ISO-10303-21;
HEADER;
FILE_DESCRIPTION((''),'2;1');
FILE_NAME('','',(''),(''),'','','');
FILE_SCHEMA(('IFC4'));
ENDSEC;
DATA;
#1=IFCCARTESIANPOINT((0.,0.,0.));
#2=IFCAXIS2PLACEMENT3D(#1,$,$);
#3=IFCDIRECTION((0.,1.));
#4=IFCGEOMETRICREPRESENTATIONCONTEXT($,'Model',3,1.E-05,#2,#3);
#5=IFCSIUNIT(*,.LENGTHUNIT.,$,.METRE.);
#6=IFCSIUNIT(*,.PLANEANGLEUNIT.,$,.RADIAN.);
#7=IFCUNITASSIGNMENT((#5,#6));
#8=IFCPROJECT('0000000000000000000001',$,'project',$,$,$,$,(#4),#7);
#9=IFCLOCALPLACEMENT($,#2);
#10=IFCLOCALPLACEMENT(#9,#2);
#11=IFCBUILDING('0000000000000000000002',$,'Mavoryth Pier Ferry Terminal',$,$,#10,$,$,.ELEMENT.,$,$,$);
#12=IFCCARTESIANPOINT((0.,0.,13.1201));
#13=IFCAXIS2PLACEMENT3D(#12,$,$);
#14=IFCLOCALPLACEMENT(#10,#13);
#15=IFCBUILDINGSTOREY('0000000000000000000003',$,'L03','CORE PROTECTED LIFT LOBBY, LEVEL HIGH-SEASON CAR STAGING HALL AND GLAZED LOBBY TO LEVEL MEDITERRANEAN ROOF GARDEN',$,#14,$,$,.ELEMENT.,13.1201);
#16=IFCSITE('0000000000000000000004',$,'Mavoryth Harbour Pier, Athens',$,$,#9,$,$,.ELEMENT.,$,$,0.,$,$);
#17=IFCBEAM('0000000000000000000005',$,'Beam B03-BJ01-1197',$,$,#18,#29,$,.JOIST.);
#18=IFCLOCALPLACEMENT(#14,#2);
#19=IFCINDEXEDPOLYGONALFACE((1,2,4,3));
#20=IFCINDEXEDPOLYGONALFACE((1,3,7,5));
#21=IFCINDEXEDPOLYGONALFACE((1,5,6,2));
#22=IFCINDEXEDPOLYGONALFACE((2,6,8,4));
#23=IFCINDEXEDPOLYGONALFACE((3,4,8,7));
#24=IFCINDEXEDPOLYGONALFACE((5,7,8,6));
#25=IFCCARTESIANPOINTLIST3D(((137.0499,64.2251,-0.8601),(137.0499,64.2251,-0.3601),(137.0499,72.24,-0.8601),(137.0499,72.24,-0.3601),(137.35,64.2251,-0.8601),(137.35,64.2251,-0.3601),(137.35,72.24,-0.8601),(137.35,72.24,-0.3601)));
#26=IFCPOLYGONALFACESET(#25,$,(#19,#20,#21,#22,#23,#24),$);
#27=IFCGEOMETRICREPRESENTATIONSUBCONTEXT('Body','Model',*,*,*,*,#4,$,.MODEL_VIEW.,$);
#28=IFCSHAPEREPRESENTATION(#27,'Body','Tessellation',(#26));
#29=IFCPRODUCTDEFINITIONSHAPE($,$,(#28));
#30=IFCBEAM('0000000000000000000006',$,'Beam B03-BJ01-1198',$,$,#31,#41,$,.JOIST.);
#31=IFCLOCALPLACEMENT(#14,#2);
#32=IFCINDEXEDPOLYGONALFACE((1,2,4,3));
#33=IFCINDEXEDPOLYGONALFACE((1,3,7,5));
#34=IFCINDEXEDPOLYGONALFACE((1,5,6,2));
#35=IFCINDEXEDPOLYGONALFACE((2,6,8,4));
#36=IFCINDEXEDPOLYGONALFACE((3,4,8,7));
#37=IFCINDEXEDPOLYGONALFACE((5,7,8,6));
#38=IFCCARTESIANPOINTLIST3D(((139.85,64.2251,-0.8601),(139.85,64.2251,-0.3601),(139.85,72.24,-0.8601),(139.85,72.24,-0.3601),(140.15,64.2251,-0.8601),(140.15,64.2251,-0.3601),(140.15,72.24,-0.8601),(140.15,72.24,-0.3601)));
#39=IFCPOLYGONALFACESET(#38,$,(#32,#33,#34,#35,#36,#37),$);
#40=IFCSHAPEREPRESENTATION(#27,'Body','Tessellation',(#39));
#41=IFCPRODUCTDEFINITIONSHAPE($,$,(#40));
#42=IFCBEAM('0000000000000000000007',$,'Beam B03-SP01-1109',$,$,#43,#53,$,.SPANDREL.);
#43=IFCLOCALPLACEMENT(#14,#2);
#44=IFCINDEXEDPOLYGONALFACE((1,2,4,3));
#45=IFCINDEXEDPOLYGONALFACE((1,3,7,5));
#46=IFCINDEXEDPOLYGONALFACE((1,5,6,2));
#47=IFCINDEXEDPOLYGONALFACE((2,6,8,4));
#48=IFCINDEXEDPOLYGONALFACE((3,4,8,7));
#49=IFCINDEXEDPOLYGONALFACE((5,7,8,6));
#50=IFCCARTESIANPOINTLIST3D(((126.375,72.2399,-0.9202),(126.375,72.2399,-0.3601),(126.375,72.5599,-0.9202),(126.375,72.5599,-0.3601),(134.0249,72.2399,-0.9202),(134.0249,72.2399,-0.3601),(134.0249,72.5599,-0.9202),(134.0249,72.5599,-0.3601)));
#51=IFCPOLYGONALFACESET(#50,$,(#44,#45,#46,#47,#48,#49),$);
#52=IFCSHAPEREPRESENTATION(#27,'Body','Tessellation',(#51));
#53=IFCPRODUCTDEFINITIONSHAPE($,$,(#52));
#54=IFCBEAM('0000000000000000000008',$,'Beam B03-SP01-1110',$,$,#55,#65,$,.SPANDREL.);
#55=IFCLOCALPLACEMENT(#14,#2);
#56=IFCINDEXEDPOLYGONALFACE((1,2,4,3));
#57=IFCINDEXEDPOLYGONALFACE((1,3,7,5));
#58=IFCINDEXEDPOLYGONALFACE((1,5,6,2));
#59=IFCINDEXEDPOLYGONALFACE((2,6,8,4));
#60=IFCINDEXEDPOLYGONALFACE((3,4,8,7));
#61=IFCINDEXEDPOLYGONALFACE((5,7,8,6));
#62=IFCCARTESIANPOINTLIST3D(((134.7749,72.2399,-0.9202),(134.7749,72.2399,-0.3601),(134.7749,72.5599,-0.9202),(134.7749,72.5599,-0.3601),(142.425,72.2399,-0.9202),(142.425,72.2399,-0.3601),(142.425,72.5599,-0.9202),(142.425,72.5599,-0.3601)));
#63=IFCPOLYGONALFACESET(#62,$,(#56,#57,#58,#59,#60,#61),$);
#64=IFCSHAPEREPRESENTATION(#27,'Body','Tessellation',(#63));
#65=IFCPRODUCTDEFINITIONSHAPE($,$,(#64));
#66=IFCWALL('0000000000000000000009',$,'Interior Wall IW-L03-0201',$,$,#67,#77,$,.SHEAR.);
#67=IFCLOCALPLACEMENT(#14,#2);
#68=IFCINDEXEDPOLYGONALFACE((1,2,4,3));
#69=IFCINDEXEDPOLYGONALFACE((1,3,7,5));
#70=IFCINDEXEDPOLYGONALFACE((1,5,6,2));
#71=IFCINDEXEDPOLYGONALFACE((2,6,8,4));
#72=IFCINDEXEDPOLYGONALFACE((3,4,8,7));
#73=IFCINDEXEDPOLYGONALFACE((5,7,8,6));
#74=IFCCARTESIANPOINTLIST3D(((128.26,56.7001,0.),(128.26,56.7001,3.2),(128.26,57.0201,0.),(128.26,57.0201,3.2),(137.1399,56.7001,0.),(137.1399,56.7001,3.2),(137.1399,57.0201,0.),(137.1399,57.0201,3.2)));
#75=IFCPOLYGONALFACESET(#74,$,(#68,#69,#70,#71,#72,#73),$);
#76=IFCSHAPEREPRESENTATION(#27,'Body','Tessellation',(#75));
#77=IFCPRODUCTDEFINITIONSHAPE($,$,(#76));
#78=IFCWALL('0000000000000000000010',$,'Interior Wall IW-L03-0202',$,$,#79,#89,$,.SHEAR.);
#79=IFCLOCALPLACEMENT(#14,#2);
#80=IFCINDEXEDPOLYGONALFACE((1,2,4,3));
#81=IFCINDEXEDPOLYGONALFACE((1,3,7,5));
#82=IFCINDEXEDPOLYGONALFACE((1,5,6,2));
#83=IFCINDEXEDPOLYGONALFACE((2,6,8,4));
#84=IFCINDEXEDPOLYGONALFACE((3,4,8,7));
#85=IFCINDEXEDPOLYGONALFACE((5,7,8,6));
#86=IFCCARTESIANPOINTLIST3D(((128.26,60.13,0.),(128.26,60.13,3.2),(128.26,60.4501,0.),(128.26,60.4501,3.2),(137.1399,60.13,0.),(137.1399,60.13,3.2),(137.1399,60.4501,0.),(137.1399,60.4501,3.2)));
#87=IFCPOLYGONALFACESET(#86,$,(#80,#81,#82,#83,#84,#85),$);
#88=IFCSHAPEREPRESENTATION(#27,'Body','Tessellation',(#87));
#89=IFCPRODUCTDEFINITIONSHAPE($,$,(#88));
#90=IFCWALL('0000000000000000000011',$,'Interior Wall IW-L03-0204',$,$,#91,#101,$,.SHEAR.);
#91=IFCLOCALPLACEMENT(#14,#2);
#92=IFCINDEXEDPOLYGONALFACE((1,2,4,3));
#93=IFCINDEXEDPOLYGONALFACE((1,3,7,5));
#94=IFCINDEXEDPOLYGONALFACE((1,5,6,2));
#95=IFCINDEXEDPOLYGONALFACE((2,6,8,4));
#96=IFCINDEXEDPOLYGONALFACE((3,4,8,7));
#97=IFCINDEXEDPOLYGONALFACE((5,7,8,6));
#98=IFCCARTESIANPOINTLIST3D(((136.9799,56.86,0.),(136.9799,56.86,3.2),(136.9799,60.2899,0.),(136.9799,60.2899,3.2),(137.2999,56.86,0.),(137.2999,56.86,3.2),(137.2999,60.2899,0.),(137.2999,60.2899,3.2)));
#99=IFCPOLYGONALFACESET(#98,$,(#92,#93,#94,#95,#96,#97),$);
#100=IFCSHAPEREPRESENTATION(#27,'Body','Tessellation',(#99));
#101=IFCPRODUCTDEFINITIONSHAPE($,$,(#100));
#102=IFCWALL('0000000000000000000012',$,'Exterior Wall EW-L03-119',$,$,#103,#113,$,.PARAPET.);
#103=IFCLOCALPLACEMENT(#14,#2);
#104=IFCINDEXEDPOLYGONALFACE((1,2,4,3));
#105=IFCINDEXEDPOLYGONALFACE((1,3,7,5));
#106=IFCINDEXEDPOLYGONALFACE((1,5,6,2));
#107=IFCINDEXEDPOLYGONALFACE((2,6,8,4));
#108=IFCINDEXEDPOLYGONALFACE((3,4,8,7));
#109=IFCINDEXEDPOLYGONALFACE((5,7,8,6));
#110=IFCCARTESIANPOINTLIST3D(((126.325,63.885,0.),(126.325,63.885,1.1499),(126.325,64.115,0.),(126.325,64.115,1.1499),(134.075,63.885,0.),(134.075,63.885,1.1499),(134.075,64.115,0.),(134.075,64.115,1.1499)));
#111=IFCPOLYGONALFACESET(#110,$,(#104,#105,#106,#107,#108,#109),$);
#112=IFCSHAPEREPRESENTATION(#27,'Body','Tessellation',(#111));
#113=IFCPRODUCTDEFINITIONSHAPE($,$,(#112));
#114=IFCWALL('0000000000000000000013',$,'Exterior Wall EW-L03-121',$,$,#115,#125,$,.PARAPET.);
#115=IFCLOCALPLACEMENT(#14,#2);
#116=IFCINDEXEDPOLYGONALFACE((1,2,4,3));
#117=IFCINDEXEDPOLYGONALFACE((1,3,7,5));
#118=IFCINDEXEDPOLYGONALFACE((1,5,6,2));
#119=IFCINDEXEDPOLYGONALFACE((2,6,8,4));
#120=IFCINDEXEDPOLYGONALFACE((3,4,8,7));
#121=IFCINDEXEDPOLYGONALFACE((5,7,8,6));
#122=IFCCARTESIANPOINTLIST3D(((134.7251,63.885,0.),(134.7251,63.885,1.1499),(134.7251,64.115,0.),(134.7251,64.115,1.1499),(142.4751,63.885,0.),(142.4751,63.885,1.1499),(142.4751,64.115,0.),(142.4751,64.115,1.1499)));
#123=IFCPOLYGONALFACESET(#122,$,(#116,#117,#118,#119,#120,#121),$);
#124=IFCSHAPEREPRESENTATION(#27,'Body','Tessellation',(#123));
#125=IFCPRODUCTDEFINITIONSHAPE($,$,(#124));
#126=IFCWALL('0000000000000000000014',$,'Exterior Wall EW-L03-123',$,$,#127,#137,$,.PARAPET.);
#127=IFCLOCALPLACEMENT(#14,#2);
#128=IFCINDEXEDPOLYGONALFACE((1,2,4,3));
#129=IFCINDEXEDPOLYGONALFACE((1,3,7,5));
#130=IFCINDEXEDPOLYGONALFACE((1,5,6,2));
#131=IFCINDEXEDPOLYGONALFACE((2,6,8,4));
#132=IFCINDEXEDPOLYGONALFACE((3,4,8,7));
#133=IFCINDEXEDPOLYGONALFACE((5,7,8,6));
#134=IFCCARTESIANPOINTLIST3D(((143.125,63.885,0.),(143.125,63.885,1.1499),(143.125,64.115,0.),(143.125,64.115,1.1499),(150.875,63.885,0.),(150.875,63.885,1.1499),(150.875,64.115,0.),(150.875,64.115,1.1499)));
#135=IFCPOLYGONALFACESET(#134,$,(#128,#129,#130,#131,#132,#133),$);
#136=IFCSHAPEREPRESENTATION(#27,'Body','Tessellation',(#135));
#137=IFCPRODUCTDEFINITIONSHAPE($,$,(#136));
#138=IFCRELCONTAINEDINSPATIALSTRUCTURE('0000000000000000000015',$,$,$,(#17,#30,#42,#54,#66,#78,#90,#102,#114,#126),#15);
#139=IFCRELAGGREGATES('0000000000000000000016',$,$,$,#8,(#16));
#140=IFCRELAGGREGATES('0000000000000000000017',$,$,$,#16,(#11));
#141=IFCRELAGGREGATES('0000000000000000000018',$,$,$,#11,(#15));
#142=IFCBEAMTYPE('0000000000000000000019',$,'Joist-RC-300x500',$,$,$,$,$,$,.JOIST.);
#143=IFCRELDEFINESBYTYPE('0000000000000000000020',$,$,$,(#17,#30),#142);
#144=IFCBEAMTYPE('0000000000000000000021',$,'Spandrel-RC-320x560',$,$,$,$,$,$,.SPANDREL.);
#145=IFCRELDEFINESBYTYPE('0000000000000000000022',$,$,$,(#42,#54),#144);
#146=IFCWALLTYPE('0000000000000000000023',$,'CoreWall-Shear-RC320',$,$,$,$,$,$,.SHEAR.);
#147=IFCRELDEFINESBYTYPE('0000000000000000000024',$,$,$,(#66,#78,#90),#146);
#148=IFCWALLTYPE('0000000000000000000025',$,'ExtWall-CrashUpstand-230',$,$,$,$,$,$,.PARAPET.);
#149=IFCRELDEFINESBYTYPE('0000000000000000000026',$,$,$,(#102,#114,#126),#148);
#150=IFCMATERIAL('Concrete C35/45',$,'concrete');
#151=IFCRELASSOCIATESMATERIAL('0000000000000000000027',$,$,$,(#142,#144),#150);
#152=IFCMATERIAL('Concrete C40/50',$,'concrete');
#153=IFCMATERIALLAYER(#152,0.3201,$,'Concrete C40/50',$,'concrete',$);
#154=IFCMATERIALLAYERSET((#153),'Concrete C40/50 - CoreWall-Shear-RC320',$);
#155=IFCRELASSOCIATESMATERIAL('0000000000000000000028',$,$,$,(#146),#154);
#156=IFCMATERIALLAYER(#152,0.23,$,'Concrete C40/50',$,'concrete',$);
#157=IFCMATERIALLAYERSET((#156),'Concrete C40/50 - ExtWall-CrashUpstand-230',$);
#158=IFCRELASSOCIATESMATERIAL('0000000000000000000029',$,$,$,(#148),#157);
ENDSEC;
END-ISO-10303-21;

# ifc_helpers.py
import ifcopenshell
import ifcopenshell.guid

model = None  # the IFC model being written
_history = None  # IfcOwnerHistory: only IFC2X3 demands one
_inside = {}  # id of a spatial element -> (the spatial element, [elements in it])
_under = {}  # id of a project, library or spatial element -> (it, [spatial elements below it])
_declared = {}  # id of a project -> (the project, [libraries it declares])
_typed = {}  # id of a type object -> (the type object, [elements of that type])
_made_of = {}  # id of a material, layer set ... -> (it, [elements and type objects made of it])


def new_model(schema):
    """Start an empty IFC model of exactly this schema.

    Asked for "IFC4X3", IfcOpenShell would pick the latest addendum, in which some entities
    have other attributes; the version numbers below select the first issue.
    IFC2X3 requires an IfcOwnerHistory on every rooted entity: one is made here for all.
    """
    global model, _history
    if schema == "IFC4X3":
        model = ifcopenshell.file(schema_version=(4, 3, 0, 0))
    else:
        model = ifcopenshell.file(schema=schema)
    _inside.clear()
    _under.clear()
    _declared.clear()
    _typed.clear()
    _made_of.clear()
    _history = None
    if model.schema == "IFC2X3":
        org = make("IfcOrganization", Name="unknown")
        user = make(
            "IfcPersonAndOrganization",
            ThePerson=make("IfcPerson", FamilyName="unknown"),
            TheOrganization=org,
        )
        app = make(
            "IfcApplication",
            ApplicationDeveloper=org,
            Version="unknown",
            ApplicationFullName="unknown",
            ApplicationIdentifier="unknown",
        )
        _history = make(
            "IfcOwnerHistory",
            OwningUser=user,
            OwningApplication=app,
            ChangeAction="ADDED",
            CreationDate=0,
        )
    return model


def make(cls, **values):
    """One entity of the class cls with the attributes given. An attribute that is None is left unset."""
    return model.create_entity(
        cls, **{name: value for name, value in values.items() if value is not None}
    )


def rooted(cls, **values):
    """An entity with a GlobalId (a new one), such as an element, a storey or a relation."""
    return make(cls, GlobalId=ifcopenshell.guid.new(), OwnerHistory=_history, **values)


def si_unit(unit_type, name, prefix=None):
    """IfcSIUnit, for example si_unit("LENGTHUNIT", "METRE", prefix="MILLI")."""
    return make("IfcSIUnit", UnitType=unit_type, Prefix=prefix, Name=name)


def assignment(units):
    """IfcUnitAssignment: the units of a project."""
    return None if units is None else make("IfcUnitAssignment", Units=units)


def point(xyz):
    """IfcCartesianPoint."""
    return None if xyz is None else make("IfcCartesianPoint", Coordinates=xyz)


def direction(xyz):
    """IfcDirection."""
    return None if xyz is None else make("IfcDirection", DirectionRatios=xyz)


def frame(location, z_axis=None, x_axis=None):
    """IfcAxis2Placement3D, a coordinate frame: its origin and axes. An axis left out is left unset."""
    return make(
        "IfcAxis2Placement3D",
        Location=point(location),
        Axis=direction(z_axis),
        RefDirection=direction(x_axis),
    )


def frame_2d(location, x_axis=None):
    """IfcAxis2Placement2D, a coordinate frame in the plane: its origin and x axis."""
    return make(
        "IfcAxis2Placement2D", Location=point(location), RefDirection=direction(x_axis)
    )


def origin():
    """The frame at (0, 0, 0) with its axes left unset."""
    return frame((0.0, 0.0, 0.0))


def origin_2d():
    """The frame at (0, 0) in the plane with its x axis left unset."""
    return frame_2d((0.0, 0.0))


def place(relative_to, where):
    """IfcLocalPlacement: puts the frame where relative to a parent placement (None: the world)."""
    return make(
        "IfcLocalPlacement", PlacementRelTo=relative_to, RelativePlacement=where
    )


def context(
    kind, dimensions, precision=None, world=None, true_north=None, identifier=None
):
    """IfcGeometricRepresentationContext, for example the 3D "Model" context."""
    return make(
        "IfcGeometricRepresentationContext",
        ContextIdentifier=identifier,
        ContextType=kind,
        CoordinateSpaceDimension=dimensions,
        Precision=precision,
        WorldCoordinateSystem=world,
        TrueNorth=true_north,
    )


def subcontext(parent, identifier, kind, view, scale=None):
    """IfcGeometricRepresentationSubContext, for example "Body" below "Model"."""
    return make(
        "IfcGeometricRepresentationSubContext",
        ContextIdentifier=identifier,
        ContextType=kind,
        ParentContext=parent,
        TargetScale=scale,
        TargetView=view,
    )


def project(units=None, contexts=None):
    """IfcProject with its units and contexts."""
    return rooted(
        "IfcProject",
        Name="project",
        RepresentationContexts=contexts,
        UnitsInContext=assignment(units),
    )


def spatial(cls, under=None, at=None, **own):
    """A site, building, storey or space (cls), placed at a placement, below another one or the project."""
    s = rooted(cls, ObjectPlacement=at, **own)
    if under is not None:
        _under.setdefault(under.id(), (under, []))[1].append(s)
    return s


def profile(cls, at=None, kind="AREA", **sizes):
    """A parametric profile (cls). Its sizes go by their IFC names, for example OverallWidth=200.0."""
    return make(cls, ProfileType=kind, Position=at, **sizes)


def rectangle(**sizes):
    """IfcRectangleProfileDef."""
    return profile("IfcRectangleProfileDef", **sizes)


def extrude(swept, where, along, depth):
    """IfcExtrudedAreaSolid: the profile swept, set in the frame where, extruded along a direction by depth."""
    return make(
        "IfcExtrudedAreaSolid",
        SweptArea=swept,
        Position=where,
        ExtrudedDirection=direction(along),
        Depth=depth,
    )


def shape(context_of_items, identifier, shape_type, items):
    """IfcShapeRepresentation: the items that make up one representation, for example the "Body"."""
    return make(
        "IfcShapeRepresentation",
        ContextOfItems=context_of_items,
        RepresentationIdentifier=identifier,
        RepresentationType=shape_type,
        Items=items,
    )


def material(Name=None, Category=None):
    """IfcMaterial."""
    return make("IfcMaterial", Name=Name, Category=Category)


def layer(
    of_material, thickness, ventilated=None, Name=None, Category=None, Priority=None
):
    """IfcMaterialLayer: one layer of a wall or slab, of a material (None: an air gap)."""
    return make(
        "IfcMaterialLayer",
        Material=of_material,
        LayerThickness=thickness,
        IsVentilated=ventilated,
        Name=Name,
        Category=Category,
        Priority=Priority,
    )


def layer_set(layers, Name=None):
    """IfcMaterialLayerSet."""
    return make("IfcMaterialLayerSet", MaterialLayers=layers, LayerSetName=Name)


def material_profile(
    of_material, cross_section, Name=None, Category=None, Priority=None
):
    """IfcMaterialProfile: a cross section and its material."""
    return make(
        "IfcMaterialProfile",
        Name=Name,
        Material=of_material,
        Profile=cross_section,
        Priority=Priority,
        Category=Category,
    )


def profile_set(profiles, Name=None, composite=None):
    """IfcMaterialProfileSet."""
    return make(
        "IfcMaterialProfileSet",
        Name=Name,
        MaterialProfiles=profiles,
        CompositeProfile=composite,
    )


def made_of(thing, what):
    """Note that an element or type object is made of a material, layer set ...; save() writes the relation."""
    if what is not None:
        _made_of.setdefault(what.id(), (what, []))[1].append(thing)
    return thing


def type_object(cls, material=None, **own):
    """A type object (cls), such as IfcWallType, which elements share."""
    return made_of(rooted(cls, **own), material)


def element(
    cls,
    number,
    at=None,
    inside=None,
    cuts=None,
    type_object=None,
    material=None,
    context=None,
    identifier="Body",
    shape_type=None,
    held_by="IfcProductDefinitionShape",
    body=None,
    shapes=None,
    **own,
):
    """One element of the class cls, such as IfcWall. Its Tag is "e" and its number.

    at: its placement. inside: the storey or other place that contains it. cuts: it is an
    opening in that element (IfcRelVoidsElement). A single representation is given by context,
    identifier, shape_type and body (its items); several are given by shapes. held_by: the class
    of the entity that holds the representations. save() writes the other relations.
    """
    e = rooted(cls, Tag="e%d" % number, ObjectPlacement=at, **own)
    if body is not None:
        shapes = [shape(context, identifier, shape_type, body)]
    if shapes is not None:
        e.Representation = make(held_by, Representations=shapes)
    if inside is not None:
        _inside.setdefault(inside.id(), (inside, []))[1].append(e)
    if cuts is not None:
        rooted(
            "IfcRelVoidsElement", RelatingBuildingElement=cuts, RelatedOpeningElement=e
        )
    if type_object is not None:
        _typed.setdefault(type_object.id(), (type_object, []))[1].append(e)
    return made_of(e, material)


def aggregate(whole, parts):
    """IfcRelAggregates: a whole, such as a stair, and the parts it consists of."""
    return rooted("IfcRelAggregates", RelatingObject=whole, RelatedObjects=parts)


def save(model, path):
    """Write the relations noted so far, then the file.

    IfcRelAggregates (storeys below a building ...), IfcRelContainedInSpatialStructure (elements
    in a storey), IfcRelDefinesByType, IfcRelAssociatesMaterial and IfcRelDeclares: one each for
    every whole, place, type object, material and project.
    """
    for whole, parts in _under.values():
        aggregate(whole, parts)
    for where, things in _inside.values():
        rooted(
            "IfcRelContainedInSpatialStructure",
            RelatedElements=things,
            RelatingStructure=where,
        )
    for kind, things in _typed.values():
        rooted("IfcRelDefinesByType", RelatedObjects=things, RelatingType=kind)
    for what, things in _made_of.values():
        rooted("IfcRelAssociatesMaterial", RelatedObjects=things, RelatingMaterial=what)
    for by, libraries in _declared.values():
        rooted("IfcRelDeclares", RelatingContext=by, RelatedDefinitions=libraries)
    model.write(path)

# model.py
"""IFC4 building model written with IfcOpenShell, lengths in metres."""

from ifc_helpers import new_model, si_unit, direction, frame, frame_2d, origin, origin_2d, place, context, subcontext, project, spatial, rectangle, extrude, material, layer, layer_set, material_profile, profile_set, type_object, element, save


model = new_model("IFC4")

# Units and contexts
model_context = context("Model", 3, precision=1e-05, world=origin(), true_north=direction((0.0, 1.0)))
body_context = subcontext(model_context, "Body", "Model", "MODEL_VIEW")
ifc_project = project(units=[si_unit("LENGTHUNIT", "METRE"), si_unit("PLANEANGLEUNIT", "RADIAN")], contexts=[model_context])

# Site, building, storey
site_placement = place(None, origin())
site = spatial("IfcSite", under=ifc_project, at=site_placement, Name="Mavoryth Harbour Pier, Athens", CompositionType="ELEMENT", RefElevation=0.0)
building_placement = place(site_placement, origin())
building = spatial("IfcBuilding", under=site, at=building_placement, Name="Mavoryth Pier Ferry Terminal", CompositionType="ELEMENT")
storey_placement = place(building_placement, frame((0.0, 0.0, 13.1201)))
storey = spatial("IfcBuildingStorey", under=building, at=storey_placement, Name="L03", Description="CORE PROTECTED LIFT LOBBY, LEVEL HIGH-SEASON CAR STAGING HALL AND GLAZED LOBBY TO LEVEL MEDITERRANEAN ROOF GARDEN", CompositionType="ELEMENT", Elevation=13.1201)

# Shared definitions
ifc_material_1 = material(Name="Concrete C40/50", Category="concrete")

# Beams
ifc_material_2 = material(Name="Concrete C35/45", Category="concrete")
ifc_material_profile_1 = material_profile(ifc_material_2, rectangle(XDim=0.3, YDim=0.5, at=origin_2d()), Name="RC 300x500", Category="concrete")
ifc_profile_set_1 = profile_set([ifc_material_profile_1], Name="Concrete C35/45 - RC 300x500")
beam_type_1 = type_object("IfcBeamType", Name="Joist-RC-300x500", PredefinedType="JOIST", material=ifc_profile_set_1)
for number, where, z_axis, x_axis, name in (
    (1, (137.2, 64.2251, -0.6101), (0.0, 1.0, 0.0), (-1.0, 0.0, 0.0), "Beam B03-BJ01-1197"),
    (2, (140.0, 64.2251, -0.6101), (0.0, 1.0, 0.0), (-1.0, 0.0, 0.0), "Beam B03-BJ01-1198"),
):
    element("IfcBeam", number, at=place(storey_placement, frame(where, z_axis=z_axis, x_axis=x_axis)), inside=storey, type_object=beam_type_1, Name=name, PredefinedType="JOIST", context=body_context, shape_type="SweptSolid", body=[
        extrude(rectangle(XDim=0.3, YDim=0.5, at=origin_2d()), origin(), (0.0, 0.0, 1.0), 8.0149),
    ])
ifc_material_profile_2 = material_profile(ifc_material_2, rectangle(XDim=0.3201, YDim=0.5601, at=origin_2d()), Name="RC 320x560", Category="concrete")
ifc_profile_set_2 = profile_set([ifc_material_profile_2], Name="Concrete C35/45 - RC 320x560")
beam_type_2 = type_object("IfcBeamType", Name="Spandrel-RC-320x560", PredefinedType="SPANDREL", material=ifc_profile_set_2)
beam_1_placement = place(storey_placement, frame((126.375, 72.3999, -0.6401), z_axis=(1.0, 0.0, 0.0), x_axis=(0.0, 1.0, 0.0)))
element("IfcBeam", 3, at=beam_1_placement, inside=storey, type_object=beam_type_2, Name="Beam B03-SP01-1109", PredefinedType="SPANDREL", context=body_context, shape_type="SweptSolid", body=[
    extrude(rectangle(XDim=0.3201, YDim=0.5601, at=origin_2d()), origin(), (0.0, 0.0, 1.0), 7.6499),
])
beam_2_placement = place(storey_placement, frame((134.7749, 72.3999, -0.6401), z_axis=(1.0, 0.0, 0.0), x_axis=(0.0, 1.0, 0.0)))
element("IfcBeam", 4, at=beam_2_placement, inside=storey, type_object=beam_type_2, Name="Beam B03-SP01-1110", PredefinedType="SPANDREL", context=body_context, shape_type="SweptSolid", body=[
    extrude(rectangle(XDim=0.3201, YDim=0.5601, at=origin_2d()), origin(), (0.0, 0.0, 1.0), 7.6501),
])

# Walls
ifc_layer_1 = layer(ifc_material_1, 0.3201, Name="Concrete C40/50", Category="concrete")
ifc_layer_set_1 = layer_set([ifc_layer_1], Name="Concrete C40/50 - CoreWall-Shear-RC320")
wall_type_1 = type_object("IfcWallType", Name="CoreWall-Shear-RC320", PredefinedType="SHEAR", material=ifc_layer_set_1)
for number, where, z_axis, x_axis, name in (
    (5, (128.26, 56.8601, 0.0), (0.0, 0.0, 1.0), (1.0, 0.0, 0.0), "Interior Wall IW-L03-0201"),
    (6, (128.26, 60.29, 0.0), (0.0, 0.0, 1.0), (1.0, 0.0, 0.0), "Interior Wall IW-L03-0202"),
):
    element("IfcWall", number, at=place(storey_placement, frame(where, z_axis=z_axis, x_axis=x_axis)), inside=storey, type_object=wall_type_1, Name=name, PredefinedType="SHEAR", context=body_context, shape_type="SweptSolid", body=[
        extrude(rectangle(XDim=8.8799, YDim=0.3201, at=frame_2d((4.4399, 0.0))), origin(), (0.0, 0.0, 1.0), 3.2),
    ])

# Walls
wall_1_placement = place(storey_placement, frame((137.1399, 56.8601, 0.0), z_axis=(0.0, 0.0, 1.0), x_axis=(0.0, 1.0, 0.0)))
element("IfcWall", 7, at=wall_1_placement, inside=storey, type_object=wall_type_1, Name="Interior Wall IW-L03-0204", PredefinedType="SHEAR", context=body_context, shape_type="SweptSolid", body=[
    extrude(rectangle(XDim=3.4299, YDim=0.3201, at=frame_2d((1.7148, 0.0))), origin(), (0.0, 0.0, 1.0), 3.2),
])
ifc_layer_2 = layer(ifc_material_1, 0.23, Name="Concrete C40/50", Category="concrete")
ifc_layer_set_2 = layer_set([ifc_layer_2], Name="Concrete C40/50 - ExtWall-CrashUpstand-230")
wall_type_2 = type_object("IfcWallType", Name="ExtWall-CrashUpstand-230", PredefinedType="PARAPET", material=ifc_layer_set_2)
for number, where, z_axis, x_axis, name in (
    (8, (126.325, 64.0, 0.0), (0.0, 0.0, 1.0), (1.0, 0.0, 0.0), "Exterior Wall EW-L03-119"),
    (9, (134.7251, 64.0, 0.0), (0.0, 0.0, 1.0), (1.0, 0.0, 0.0), "Exterior Wall EW-L03-121"),
    (10, (143.125, 64.0, 0.0), (0.0, 0.0, 1.0), (1.0, 0.0, 0.0), "Exterior Wall EW-L03-123"),
):
    element("IfcWall", number, at=place(storey_placement, frame(where, z_axis=z_axis, x_axis=x_axis)), inside=storey, type_object=wall_type_2, Name=name, PredefinedType="PARAPET", context=body_context, shape_type="SweptSolid", body=[
        extrude(rectangle(XDim=7.75, YDim=0.23, at=frame_2d((3.875, 0.0))), origin(), (0.0, 0.0, 1.0), 1.1499),
    ])

save(model, "model.ifc")
